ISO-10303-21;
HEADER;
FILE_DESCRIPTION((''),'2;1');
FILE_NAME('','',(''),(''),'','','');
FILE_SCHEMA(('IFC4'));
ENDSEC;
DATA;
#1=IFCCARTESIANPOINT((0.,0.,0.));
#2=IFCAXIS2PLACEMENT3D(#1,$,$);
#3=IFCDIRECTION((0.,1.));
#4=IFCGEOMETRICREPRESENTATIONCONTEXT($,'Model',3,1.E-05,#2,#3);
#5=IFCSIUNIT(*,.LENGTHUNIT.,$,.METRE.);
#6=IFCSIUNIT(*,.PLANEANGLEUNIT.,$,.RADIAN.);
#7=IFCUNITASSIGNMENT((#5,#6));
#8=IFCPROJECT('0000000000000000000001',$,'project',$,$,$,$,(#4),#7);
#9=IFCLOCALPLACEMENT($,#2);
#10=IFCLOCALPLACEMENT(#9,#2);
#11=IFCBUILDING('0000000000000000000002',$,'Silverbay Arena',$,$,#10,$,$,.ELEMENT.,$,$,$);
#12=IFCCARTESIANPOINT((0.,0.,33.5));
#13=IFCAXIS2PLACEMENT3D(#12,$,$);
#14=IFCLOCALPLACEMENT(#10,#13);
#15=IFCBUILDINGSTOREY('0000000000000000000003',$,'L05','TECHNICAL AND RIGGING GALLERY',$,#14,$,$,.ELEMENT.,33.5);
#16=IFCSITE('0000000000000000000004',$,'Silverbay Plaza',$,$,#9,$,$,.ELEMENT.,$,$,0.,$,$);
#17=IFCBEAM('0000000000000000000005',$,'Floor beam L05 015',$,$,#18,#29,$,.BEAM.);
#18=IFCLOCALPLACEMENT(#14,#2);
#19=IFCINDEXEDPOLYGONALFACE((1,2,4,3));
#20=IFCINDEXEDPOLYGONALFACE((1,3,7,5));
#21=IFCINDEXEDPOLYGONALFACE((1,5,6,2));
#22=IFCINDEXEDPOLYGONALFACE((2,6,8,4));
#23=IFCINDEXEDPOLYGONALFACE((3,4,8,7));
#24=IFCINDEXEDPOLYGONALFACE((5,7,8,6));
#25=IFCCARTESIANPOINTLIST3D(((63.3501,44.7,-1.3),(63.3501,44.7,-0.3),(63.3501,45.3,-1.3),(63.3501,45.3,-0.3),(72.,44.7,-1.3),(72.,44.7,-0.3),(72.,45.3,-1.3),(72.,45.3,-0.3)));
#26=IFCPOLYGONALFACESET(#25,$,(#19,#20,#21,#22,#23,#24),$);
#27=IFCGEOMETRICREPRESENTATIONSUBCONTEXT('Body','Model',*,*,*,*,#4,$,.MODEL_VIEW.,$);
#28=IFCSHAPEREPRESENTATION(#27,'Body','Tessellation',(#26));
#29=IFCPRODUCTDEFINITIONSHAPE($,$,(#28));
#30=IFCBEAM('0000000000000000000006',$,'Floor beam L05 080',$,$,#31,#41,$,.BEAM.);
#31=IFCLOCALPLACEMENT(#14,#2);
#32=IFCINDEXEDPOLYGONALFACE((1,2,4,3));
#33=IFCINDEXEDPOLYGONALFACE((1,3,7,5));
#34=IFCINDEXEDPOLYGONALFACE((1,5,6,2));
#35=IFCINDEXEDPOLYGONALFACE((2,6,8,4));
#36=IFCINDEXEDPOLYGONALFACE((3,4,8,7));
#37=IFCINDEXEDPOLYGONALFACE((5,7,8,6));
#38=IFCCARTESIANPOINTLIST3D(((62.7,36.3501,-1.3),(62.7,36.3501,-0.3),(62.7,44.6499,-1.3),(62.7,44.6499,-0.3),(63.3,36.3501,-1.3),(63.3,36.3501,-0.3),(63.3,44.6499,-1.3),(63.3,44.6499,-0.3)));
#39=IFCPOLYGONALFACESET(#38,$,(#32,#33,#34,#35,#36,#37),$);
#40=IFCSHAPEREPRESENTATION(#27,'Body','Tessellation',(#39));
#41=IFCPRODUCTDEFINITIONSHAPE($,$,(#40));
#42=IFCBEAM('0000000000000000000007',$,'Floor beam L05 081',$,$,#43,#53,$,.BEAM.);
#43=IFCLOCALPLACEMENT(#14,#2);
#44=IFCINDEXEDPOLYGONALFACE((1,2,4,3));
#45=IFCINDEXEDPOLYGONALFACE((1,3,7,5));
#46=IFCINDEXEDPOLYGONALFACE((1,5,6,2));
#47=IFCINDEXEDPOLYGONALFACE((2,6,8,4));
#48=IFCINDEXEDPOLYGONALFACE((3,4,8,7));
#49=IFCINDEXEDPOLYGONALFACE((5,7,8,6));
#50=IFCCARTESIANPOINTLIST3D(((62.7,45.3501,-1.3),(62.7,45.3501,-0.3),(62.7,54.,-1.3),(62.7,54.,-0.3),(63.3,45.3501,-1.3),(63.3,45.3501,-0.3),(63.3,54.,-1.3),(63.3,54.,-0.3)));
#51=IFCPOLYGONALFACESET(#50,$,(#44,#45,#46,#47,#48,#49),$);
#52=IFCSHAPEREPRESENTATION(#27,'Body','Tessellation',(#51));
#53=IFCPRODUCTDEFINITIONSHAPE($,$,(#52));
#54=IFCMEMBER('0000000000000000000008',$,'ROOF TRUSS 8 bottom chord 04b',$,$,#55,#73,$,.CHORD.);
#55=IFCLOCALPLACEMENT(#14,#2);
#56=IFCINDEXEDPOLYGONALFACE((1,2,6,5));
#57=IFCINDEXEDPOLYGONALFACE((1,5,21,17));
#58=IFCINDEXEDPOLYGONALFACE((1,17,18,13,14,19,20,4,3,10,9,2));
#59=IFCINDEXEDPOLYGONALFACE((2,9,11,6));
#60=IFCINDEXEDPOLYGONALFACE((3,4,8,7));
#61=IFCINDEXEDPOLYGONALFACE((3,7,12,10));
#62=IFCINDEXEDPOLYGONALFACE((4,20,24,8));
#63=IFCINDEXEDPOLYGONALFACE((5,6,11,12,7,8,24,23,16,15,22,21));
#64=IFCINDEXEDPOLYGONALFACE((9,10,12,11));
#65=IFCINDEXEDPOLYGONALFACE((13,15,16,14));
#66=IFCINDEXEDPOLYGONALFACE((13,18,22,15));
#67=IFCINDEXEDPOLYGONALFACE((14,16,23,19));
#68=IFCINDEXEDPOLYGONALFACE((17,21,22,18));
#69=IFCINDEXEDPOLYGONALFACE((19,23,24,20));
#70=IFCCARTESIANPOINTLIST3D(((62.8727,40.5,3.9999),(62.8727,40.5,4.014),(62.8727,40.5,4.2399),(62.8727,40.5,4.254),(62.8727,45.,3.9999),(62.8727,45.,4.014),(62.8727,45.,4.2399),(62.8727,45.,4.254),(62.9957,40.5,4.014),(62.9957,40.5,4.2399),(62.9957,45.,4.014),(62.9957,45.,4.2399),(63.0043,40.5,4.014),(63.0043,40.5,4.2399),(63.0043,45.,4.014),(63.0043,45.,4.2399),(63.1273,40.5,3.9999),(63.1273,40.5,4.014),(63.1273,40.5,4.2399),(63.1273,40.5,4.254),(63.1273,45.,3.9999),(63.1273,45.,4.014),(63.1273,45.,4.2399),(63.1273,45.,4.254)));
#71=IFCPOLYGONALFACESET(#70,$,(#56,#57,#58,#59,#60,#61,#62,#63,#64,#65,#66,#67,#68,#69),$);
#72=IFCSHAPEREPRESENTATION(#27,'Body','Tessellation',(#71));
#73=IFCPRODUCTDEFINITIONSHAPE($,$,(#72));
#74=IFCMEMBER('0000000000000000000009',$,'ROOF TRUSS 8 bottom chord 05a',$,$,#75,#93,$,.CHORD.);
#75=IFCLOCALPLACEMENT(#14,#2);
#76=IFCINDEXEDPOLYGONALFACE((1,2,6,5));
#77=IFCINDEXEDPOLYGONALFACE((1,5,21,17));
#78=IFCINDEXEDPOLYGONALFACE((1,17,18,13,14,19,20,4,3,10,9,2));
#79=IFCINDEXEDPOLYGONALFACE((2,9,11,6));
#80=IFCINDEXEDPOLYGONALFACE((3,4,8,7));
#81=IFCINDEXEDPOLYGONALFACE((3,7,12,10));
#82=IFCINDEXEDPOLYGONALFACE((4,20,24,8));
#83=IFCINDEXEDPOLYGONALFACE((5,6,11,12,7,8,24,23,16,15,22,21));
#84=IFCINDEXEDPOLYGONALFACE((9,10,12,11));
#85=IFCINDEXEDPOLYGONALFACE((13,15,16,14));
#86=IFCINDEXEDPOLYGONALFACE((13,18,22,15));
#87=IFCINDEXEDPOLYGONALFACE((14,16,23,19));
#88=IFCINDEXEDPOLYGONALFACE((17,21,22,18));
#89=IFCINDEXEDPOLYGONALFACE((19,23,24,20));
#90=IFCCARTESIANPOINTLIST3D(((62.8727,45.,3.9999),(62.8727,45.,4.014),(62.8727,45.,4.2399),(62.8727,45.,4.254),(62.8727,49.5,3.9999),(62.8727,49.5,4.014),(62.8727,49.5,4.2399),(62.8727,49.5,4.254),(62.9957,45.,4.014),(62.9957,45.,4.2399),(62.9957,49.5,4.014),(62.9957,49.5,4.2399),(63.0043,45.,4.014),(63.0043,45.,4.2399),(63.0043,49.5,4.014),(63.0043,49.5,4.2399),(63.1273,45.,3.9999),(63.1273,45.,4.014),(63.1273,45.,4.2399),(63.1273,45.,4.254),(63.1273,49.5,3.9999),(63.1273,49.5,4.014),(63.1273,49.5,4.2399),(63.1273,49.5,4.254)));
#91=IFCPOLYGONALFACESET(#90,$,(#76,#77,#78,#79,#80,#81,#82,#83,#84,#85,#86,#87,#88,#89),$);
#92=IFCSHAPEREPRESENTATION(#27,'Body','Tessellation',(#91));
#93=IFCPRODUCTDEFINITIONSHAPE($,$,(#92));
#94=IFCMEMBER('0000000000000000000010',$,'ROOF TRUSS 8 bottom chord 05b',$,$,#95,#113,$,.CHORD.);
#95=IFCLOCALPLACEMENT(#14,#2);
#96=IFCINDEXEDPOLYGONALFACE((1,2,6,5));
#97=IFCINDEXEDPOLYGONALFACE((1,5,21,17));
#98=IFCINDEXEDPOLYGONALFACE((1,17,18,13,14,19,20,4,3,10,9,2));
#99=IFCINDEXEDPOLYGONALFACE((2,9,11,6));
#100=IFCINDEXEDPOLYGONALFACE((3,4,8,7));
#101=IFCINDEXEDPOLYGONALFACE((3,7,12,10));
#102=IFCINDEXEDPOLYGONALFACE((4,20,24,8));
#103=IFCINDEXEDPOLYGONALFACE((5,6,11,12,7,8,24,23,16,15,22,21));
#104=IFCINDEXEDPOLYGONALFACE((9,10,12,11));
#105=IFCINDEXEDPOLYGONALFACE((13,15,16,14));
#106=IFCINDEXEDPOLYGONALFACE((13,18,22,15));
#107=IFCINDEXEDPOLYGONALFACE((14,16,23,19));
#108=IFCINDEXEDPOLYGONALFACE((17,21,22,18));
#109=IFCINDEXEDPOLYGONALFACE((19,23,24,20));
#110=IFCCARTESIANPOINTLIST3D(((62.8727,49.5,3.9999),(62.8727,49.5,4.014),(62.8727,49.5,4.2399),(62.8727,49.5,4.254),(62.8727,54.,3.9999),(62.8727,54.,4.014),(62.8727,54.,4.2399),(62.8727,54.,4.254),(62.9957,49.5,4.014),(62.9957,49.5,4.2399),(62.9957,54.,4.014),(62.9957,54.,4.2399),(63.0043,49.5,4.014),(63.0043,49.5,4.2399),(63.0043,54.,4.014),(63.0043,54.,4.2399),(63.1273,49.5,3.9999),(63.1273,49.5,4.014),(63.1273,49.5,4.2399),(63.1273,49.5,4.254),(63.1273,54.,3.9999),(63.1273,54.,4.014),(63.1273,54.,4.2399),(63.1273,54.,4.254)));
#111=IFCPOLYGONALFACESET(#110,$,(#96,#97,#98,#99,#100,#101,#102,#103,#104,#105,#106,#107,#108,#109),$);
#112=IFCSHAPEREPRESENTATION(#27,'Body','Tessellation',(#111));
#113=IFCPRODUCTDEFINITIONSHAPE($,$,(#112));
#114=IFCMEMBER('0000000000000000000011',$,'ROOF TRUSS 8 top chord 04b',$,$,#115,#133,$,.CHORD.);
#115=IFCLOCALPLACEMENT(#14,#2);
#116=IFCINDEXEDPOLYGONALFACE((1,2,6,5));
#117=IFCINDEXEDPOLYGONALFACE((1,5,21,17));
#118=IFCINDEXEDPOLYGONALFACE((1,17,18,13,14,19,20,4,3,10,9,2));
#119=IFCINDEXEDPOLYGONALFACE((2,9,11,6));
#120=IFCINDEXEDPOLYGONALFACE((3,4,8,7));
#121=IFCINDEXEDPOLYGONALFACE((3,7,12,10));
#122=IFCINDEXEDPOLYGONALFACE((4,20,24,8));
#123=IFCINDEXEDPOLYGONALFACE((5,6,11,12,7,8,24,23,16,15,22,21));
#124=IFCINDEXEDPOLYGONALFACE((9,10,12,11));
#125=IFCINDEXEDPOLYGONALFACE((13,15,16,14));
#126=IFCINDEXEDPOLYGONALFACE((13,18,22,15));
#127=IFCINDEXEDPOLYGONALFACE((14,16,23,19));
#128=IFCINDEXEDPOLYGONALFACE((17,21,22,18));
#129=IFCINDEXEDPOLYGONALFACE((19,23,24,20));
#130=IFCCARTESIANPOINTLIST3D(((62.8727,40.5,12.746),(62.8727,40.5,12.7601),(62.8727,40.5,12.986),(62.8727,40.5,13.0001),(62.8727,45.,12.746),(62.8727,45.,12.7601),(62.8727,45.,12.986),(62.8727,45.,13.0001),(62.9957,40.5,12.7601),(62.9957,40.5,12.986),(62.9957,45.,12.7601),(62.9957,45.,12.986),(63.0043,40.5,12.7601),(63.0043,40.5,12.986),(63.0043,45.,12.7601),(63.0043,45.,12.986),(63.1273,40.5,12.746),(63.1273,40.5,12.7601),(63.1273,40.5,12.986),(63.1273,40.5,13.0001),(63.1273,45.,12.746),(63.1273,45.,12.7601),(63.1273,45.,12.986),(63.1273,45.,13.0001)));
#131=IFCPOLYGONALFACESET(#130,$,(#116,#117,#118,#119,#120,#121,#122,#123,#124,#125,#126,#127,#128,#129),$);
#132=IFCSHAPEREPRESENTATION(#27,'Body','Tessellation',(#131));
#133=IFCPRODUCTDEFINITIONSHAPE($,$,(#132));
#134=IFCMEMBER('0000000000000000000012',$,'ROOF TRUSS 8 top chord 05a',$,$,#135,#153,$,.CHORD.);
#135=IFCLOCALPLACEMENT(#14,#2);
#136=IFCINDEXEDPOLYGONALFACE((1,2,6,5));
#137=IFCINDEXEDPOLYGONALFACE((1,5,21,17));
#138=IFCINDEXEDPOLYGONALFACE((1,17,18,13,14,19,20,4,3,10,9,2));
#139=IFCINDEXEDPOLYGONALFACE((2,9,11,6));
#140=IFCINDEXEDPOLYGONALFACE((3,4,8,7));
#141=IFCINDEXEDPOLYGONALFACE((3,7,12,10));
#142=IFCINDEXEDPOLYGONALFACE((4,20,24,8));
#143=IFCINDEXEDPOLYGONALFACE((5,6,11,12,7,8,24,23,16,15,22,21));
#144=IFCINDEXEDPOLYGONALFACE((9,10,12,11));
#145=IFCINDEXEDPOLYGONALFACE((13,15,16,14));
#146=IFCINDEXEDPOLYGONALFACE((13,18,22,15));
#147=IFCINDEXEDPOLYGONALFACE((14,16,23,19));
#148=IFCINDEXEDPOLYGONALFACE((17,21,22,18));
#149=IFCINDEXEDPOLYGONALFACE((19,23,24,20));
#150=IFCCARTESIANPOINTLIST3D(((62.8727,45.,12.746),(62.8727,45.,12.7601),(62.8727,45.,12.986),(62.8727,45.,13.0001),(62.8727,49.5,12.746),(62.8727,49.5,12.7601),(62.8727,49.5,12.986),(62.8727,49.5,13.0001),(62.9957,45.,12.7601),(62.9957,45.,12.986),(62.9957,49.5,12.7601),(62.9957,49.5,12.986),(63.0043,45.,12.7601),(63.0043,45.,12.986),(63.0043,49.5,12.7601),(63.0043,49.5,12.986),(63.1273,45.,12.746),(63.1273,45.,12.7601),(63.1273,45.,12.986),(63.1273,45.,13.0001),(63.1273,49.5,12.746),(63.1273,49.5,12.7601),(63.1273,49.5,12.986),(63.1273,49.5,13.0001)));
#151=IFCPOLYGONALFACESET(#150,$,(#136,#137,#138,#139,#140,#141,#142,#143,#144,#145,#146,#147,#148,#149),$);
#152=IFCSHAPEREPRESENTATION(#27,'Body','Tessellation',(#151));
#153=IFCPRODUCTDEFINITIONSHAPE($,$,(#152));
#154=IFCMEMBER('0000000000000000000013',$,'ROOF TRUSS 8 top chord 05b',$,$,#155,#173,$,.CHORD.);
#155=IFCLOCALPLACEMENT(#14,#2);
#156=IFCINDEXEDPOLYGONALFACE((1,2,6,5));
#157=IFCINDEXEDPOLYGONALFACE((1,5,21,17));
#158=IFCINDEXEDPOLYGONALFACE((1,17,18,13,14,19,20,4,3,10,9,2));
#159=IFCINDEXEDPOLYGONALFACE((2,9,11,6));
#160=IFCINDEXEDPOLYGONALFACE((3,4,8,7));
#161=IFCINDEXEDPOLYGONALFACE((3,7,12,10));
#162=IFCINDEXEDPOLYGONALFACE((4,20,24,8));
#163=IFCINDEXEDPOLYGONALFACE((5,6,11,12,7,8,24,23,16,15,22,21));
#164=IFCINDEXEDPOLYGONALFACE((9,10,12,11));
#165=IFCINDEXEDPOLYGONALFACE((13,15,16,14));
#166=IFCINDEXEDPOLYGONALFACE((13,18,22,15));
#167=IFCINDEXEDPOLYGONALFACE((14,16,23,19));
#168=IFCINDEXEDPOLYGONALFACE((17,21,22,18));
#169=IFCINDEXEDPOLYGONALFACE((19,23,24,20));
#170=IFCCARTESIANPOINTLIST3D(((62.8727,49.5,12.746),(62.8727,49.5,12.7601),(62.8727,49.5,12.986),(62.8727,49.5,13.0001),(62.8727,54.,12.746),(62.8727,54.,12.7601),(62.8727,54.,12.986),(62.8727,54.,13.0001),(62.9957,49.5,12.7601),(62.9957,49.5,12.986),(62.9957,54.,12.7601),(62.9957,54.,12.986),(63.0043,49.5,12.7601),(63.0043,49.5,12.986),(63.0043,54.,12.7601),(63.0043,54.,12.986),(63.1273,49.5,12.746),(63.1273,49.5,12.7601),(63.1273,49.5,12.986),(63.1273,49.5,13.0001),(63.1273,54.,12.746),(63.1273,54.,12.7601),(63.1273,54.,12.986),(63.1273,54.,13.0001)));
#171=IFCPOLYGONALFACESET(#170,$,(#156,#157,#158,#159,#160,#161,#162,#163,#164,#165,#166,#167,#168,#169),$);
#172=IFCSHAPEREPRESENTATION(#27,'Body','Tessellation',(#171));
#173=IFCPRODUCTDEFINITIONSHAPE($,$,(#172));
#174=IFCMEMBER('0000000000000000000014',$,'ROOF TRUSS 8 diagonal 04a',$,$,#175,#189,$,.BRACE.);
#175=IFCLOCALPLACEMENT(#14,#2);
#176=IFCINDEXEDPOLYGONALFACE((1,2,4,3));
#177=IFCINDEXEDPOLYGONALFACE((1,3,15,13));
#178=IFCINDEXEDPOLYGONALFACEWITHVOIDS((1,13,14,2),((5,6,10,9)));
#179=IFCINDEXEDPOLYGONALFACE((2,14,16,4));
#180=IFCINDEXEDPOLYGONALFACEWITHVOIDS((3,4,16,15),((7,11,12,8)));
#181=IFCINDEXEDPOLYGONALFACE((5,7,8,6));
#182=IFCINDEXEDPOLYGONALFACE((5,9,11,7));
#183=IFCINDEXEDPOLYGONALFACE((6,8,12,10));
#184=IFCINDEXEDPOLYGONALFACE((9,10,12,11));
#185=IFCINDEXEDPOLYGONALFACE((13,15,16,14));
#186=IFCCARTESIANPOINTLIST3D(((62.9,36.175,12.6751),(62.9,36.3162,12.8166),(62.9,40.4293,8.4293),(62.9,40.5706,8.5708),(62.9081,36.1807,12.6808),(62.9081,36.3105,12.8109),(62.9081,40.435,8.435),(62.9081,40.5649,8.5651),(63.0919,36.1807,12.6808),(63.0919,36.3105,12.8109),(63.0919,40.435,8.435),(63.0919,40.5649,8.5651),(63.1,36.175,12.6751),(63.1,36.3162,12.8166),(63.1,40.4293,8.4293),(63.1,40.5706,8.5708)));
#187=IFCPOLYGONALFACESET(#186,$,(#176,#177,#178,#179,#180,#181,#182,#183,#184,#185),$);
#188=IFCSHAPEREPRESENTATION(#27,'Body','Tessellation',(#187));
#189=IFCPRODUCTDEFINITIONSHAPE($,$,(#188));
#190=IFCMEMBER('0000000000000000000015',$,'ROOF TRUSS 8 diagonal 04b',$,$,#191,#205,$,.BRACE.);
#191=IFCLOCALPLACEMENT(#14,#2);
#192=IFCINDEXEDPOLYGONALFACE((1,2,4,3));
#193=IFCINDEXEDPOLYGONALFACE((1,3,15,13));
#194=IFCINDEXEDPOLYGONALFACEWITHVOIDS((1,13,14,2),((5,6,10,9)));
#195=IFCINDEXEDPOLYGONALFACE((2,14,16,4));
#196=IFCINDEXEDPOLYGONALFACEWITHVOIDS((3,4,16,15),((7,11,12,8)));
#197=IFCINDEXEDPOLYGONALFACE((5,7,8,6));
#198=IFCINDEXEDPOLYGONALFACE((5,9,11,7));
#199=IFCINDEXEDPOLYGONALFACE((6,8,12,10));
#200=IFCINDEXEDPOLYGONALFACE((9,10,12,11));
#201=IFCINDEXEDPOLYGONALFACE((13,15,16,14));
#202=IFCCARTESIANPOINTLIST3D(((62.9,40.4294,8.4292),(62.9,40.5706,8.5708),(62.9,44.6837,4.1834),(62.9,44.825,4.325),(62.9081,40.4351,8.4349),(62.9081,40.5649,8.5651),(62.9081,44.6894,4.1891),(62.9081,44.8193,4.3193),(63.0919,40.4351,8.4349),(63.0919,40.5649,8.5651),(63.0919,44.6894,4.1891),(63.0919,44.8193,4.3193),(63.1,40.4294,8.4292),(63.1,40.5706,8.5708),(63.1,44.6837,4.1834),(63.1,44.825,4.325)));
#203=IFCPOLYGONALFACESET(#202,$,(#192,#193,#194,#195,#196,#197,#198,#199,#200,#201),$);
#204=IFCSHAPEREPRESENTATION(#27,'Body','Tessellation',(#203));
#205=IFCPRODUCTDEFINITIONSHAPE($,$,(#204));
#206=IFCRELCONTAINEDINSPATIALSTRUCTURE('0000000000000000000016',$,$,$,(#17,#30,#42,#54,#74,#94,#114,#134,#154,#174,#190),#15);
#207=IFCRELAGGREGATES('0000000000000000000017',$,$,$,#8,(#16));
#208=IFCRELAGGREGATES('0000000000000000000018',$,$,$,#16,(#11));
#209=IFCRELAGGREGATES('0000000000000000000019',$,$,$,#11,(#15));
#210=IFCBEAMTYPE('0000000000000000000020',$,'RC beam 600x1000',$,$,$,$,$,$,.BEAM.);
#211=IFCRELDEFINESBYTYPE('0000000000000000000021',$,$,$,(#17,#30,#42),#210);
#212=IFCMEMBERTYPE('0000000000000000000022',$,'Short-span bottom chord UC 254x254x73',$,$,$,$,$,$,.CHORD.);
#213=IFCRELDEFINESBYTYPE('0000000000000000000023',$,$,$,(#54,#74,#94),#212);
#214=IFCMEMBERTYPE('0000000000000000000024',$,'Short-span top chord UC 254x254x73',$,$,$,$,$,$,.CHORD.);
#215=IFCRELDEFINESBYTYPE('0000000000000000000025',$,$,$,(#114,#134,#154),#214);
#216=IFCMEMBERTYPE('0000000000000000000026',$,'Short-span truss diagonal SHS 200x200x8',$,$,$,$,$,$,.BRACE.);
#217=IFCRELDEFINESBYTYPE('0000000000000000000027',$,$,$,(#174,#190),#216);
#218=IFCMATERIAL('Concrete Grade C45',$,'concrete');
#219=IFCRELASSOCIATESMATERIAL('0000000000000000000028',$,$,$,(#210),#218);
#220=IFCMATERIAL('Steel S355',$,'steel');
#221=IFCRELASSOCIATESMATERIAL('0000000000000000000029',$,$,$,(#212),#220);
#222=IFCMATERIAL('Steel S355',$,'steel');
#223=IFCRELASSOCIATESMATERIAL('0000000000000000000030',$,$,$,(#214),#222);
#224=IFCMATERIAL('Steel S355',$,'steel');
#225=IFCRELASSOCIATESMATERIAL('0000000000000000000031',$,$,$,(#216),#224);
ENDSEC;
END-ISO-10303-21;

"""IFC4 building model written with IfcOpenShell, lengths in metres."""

from ifc_helpers import new_model, si_unit, direction, frame, origin, origin_2d, place, context, subcontext, project, spatial, rectangle, hollow_rectangle, i_section, extrude, material, material_profile, profile_set, type_object, element, save


model = new_model("IFC4")

# Units and contexts
model_context = context("Model", 3, precision=1e-05, world=origin(), true_north=direction((0.0, 1.0)))
body_context = subcontext(model_context, "Body", "Model", "MODEL_VIEW")
ifc_project = project(units=[si_unit("LENGTHUNIT", "METRE"), si_unit("PLANEANGLEUNIT", "RADIAN")], contexts=[model_context])

# Site, building, storey
site_placement = place(None, origin())
site = spatial("IfcSite", under=ifc_project, at=site_placement, Name="Silverbay Plaza", CompositionType="ELEMENT", RefElevation=0.0)
building_placement = place(site_placement, origin())
building = spatial("IfcBuilding", under=site, at=building_placement, Name="Silverbay Arena", CompositionType="ELEMENT")
storey_placement = place(building_placement, frame((0.0, 0.0, 33.5)))
storey = spatial("IfcBuildingStorey", under=building, at=storey_placement, Name="L05", Description="TECHNICAL AND RIGGING GALLERY", CompositionType="ELEMENT", Elevation=33.5)

# Beams
ifc_material_1 = material(Name="Concrete Grade C45", Category="concrete")
ifc_material_profile_1 = material_profile(ifc_material_1, rectangle(XDim=0.6001, YDim=1.0, at=origin_2d()), Name="RC 600x1000")
ifc_profile_set_1 = profile_set([ifc_material_profile_1], Name="Concrete Grade C45")
beam_type = type_object("IfcBeamType", Name="RC beam 600x1000", PredefinedType="BEAM", material=ifc_profile_set_1)
beam_1_placement = place(storey_placement, frame((63.3501, 45.0, -0.8), z_axis=(1.0, 0.0, 0.0), x_axis=(0.0, 1.0, 0.0)))
element("IfcBeam", 1, at=beam_1_placement, inside=storey, type_object=beam_type, Name="Floor beam L05 015", PredefinedType="BEAM", context=body_context, shape_type="SweptSolid", body=[
    extrude(rectangle(XDim=0.6001, YDim=1.0, at=origin_2d()), origin(), (0.0, 0.0, 1.0), 8.6499),
])
beam_2_placement = place(storey_placement, frame((63.0, 36.3501, -0.8), z_axis=(0.0, 1.0, 0.0), x_axis=(-1.0, 0.0, 0.0)))
element("IfcBeam", 2, at=beam_2_placement, inside=storey, type_object=beam_type, Name="Floor beam L05 080", PredefinedType="BEAM", context=body_context, shape_type="SweptSolid", body=[
    extrude(rectangle(XDim=0.6001, YDim=1.0, at=origin_2d()), origin(), (0.0, 0.0, 1.0), 8.2998),
])
beam_3_placement = place(storey_placement, frame((63.0, 45.3501, -0.8), z_axis=(0.0, 1.0, 0.0), x_axis=(-1.0, 0.0, 0.0)))
element("IfcBeam", 3, at=beam_3_placement, inside=storey, type_object=beam_type, Name="Floor beam L05 081", PredefinedType="BEAM", context=body_context, shape_type="SweptSolid", body=[
    extrude(rectangle(XDim=0.6001, YDim=1.0, at=origin_2d()), origin(), (0.0, 0.0, 1.0), 8.6499),
])

# Members
ifc_material_2 = material(Name="Steel S355", Category="steel")
ifc_material_profile_2 = material_profile(ifc_material_2, i_section(OverallWidth=0.2546, OverallDepth=0.2542, WebThickness=0.0085, FlangeThickness=0.0142, at=origin_2d()), Name="UC 254x254x73")
ifc_profile_set_2 = profile_set([ifc_material_profile_2], Name="Steel S355")
member_type_1 = type_object("IfcMemberType", Name="Short-span bottom chord UC 254x254x73", PredefinedType="CHORD", material=ifc_profile_set_2)
for number, where, z_axis, x_axis, name in (
    (4, (63.0, 40.5, 4.127), (0.0, 1.0, 0.0), (-1.0, 0.0, 0.0), "ROOF TRUSS 8 bottom chord 04b"),
    (5, (63.0, 45.0, 4.127), (0.0, 1.0, 0.0), (-1.0, 0.0, 0.0), "ROOF TRUSS 8 bottom chord 05a"),
    (6, (63.0, 49.5, 4.127), (0.0, 1.0, 0.0), (-1.0, 0.0, 0.0), "ROOF TRUSS 8 bottom chord 05b"),
):
    element("IfcMember", number, at=place(storey_placement, frame(where, z_axis=z_axis, x_axis=x_axis)), inside=storey, type_object=member_type_1, Name=name, PredefinedType="CHORD", context=body_context, shape_type="SweptSolid", body=[
        extrude(i_section(OverallWidth=0.2546, OverallDepth=0.2542, WebThickness=0.0085, FlangeThickness=0.0142, at=origin_2d()), origin(), (0.0, 0.0, 1.0), 4.5),
    ])
ifc_material_3 = material(Name="Steel S355", Category="steel")
ifc_material_profile_3 = material_profile(ifc_material_3, i_section(OverallWidth=0.2546, OverallDepth=0.2542, WebThickness=0.0085, FlangeThickness=0.0142, at=origin_2d()), Name="UC 254x254x73")
ifc_profile_set_3 = profile_set([ifc_material_profile_3], Name="Steel S355")
member_type_2 = type_object("IfcMemberType", Name="Short-span top chord UC 254x254x73", PredefinedType="CHORD", material=ifc_profile_set_3)
for number, where, z_axis, x_axis, name in (
    (7, (63.0, 40.5, 12.873), (0.0, 1.0, 0.0), (-1.0, 0.0, 0.0), "ROOF TRUSS 8 top chord 04b"),
    (8, (63.0, 45.0, 12.873), (0.0, 1.0, 0.0), (-1.0, 0.0, 0.0), "ROOF TRUSS 8 top chord 05a"),
    (9, (63.0, 49.5, 12.873), (0.0, 1.0, 0.0), (-1.0, 0.0, 0.0), "ROOF TRUSS 8 top chord 05b"),
):
    element("IfcMember", number, at=place(storey_placement, frame(where, z_axis=z_axis, x_axis=x_axis)), inside=storey, type_object=member_type_2, Name=name, PredefinedType="CHORD", context=body_context, shape_type="SweptSolid", body=[
        extrude(i_section(OverallWidth=0.2546, OverallDepth=0.2542, WebThickness=0.0085, FlangeThickness=0.0142, at=origin_2d()), origin(), (0.0, 0.0, 1.0), 4.5),
    ])
ifc_material_4 = material(Name="Steel S355", Category="steel")
ifc_material_profile_4 = material_profile(ifc_material_4, hollow_rectangle(XDim=0.2, YDim=0.2, WallThickness=0.0081, at=origin_2d()), Name="SHS 200x200x8")
ifc_profile_set_4 = profile_set([ifc_material_profile_4], Name="Steel S355")
member_type_3 = type_object("IfcMemberType", Name="Short-span truss diagonal SHS 200x200x8", PredefinedType="BRACE", material=ifc_profile_set_4)
for number, where, z_axis, x_axis, name in (
    (10, (63.0, 36.2456, 12.7458), (0.0, 0.707817, -0.706396), (-1.0, 0.0, 0.0), "ROOF TRUSS 8 diagonal 04a"),
    (11, (63.0, 40.5, 8.5), (0.0, 0.707817, -0.706396), (-1.0, 0.0, 0.0), "ROOF TRUSS 8 diagonal 04b"),
):
    element("IfcMember", number, at=place(storey_placement, frame(where, z_axis=z_axis, x_axis=x_axis)), inside=storey, type_object=member_type_3, Name=name, PredefinedType="BRACE", context=body_context, shape_type="SweptSolid", body=[
        extrude(hollow_rectangle(XDim=0.2, YDim=0.2, WallThickness=0.0081, at=origin_2d()), origin(), (0.0, 0.0, 1.0), 6.0105),
    ])

save(model, "model.ifc")
